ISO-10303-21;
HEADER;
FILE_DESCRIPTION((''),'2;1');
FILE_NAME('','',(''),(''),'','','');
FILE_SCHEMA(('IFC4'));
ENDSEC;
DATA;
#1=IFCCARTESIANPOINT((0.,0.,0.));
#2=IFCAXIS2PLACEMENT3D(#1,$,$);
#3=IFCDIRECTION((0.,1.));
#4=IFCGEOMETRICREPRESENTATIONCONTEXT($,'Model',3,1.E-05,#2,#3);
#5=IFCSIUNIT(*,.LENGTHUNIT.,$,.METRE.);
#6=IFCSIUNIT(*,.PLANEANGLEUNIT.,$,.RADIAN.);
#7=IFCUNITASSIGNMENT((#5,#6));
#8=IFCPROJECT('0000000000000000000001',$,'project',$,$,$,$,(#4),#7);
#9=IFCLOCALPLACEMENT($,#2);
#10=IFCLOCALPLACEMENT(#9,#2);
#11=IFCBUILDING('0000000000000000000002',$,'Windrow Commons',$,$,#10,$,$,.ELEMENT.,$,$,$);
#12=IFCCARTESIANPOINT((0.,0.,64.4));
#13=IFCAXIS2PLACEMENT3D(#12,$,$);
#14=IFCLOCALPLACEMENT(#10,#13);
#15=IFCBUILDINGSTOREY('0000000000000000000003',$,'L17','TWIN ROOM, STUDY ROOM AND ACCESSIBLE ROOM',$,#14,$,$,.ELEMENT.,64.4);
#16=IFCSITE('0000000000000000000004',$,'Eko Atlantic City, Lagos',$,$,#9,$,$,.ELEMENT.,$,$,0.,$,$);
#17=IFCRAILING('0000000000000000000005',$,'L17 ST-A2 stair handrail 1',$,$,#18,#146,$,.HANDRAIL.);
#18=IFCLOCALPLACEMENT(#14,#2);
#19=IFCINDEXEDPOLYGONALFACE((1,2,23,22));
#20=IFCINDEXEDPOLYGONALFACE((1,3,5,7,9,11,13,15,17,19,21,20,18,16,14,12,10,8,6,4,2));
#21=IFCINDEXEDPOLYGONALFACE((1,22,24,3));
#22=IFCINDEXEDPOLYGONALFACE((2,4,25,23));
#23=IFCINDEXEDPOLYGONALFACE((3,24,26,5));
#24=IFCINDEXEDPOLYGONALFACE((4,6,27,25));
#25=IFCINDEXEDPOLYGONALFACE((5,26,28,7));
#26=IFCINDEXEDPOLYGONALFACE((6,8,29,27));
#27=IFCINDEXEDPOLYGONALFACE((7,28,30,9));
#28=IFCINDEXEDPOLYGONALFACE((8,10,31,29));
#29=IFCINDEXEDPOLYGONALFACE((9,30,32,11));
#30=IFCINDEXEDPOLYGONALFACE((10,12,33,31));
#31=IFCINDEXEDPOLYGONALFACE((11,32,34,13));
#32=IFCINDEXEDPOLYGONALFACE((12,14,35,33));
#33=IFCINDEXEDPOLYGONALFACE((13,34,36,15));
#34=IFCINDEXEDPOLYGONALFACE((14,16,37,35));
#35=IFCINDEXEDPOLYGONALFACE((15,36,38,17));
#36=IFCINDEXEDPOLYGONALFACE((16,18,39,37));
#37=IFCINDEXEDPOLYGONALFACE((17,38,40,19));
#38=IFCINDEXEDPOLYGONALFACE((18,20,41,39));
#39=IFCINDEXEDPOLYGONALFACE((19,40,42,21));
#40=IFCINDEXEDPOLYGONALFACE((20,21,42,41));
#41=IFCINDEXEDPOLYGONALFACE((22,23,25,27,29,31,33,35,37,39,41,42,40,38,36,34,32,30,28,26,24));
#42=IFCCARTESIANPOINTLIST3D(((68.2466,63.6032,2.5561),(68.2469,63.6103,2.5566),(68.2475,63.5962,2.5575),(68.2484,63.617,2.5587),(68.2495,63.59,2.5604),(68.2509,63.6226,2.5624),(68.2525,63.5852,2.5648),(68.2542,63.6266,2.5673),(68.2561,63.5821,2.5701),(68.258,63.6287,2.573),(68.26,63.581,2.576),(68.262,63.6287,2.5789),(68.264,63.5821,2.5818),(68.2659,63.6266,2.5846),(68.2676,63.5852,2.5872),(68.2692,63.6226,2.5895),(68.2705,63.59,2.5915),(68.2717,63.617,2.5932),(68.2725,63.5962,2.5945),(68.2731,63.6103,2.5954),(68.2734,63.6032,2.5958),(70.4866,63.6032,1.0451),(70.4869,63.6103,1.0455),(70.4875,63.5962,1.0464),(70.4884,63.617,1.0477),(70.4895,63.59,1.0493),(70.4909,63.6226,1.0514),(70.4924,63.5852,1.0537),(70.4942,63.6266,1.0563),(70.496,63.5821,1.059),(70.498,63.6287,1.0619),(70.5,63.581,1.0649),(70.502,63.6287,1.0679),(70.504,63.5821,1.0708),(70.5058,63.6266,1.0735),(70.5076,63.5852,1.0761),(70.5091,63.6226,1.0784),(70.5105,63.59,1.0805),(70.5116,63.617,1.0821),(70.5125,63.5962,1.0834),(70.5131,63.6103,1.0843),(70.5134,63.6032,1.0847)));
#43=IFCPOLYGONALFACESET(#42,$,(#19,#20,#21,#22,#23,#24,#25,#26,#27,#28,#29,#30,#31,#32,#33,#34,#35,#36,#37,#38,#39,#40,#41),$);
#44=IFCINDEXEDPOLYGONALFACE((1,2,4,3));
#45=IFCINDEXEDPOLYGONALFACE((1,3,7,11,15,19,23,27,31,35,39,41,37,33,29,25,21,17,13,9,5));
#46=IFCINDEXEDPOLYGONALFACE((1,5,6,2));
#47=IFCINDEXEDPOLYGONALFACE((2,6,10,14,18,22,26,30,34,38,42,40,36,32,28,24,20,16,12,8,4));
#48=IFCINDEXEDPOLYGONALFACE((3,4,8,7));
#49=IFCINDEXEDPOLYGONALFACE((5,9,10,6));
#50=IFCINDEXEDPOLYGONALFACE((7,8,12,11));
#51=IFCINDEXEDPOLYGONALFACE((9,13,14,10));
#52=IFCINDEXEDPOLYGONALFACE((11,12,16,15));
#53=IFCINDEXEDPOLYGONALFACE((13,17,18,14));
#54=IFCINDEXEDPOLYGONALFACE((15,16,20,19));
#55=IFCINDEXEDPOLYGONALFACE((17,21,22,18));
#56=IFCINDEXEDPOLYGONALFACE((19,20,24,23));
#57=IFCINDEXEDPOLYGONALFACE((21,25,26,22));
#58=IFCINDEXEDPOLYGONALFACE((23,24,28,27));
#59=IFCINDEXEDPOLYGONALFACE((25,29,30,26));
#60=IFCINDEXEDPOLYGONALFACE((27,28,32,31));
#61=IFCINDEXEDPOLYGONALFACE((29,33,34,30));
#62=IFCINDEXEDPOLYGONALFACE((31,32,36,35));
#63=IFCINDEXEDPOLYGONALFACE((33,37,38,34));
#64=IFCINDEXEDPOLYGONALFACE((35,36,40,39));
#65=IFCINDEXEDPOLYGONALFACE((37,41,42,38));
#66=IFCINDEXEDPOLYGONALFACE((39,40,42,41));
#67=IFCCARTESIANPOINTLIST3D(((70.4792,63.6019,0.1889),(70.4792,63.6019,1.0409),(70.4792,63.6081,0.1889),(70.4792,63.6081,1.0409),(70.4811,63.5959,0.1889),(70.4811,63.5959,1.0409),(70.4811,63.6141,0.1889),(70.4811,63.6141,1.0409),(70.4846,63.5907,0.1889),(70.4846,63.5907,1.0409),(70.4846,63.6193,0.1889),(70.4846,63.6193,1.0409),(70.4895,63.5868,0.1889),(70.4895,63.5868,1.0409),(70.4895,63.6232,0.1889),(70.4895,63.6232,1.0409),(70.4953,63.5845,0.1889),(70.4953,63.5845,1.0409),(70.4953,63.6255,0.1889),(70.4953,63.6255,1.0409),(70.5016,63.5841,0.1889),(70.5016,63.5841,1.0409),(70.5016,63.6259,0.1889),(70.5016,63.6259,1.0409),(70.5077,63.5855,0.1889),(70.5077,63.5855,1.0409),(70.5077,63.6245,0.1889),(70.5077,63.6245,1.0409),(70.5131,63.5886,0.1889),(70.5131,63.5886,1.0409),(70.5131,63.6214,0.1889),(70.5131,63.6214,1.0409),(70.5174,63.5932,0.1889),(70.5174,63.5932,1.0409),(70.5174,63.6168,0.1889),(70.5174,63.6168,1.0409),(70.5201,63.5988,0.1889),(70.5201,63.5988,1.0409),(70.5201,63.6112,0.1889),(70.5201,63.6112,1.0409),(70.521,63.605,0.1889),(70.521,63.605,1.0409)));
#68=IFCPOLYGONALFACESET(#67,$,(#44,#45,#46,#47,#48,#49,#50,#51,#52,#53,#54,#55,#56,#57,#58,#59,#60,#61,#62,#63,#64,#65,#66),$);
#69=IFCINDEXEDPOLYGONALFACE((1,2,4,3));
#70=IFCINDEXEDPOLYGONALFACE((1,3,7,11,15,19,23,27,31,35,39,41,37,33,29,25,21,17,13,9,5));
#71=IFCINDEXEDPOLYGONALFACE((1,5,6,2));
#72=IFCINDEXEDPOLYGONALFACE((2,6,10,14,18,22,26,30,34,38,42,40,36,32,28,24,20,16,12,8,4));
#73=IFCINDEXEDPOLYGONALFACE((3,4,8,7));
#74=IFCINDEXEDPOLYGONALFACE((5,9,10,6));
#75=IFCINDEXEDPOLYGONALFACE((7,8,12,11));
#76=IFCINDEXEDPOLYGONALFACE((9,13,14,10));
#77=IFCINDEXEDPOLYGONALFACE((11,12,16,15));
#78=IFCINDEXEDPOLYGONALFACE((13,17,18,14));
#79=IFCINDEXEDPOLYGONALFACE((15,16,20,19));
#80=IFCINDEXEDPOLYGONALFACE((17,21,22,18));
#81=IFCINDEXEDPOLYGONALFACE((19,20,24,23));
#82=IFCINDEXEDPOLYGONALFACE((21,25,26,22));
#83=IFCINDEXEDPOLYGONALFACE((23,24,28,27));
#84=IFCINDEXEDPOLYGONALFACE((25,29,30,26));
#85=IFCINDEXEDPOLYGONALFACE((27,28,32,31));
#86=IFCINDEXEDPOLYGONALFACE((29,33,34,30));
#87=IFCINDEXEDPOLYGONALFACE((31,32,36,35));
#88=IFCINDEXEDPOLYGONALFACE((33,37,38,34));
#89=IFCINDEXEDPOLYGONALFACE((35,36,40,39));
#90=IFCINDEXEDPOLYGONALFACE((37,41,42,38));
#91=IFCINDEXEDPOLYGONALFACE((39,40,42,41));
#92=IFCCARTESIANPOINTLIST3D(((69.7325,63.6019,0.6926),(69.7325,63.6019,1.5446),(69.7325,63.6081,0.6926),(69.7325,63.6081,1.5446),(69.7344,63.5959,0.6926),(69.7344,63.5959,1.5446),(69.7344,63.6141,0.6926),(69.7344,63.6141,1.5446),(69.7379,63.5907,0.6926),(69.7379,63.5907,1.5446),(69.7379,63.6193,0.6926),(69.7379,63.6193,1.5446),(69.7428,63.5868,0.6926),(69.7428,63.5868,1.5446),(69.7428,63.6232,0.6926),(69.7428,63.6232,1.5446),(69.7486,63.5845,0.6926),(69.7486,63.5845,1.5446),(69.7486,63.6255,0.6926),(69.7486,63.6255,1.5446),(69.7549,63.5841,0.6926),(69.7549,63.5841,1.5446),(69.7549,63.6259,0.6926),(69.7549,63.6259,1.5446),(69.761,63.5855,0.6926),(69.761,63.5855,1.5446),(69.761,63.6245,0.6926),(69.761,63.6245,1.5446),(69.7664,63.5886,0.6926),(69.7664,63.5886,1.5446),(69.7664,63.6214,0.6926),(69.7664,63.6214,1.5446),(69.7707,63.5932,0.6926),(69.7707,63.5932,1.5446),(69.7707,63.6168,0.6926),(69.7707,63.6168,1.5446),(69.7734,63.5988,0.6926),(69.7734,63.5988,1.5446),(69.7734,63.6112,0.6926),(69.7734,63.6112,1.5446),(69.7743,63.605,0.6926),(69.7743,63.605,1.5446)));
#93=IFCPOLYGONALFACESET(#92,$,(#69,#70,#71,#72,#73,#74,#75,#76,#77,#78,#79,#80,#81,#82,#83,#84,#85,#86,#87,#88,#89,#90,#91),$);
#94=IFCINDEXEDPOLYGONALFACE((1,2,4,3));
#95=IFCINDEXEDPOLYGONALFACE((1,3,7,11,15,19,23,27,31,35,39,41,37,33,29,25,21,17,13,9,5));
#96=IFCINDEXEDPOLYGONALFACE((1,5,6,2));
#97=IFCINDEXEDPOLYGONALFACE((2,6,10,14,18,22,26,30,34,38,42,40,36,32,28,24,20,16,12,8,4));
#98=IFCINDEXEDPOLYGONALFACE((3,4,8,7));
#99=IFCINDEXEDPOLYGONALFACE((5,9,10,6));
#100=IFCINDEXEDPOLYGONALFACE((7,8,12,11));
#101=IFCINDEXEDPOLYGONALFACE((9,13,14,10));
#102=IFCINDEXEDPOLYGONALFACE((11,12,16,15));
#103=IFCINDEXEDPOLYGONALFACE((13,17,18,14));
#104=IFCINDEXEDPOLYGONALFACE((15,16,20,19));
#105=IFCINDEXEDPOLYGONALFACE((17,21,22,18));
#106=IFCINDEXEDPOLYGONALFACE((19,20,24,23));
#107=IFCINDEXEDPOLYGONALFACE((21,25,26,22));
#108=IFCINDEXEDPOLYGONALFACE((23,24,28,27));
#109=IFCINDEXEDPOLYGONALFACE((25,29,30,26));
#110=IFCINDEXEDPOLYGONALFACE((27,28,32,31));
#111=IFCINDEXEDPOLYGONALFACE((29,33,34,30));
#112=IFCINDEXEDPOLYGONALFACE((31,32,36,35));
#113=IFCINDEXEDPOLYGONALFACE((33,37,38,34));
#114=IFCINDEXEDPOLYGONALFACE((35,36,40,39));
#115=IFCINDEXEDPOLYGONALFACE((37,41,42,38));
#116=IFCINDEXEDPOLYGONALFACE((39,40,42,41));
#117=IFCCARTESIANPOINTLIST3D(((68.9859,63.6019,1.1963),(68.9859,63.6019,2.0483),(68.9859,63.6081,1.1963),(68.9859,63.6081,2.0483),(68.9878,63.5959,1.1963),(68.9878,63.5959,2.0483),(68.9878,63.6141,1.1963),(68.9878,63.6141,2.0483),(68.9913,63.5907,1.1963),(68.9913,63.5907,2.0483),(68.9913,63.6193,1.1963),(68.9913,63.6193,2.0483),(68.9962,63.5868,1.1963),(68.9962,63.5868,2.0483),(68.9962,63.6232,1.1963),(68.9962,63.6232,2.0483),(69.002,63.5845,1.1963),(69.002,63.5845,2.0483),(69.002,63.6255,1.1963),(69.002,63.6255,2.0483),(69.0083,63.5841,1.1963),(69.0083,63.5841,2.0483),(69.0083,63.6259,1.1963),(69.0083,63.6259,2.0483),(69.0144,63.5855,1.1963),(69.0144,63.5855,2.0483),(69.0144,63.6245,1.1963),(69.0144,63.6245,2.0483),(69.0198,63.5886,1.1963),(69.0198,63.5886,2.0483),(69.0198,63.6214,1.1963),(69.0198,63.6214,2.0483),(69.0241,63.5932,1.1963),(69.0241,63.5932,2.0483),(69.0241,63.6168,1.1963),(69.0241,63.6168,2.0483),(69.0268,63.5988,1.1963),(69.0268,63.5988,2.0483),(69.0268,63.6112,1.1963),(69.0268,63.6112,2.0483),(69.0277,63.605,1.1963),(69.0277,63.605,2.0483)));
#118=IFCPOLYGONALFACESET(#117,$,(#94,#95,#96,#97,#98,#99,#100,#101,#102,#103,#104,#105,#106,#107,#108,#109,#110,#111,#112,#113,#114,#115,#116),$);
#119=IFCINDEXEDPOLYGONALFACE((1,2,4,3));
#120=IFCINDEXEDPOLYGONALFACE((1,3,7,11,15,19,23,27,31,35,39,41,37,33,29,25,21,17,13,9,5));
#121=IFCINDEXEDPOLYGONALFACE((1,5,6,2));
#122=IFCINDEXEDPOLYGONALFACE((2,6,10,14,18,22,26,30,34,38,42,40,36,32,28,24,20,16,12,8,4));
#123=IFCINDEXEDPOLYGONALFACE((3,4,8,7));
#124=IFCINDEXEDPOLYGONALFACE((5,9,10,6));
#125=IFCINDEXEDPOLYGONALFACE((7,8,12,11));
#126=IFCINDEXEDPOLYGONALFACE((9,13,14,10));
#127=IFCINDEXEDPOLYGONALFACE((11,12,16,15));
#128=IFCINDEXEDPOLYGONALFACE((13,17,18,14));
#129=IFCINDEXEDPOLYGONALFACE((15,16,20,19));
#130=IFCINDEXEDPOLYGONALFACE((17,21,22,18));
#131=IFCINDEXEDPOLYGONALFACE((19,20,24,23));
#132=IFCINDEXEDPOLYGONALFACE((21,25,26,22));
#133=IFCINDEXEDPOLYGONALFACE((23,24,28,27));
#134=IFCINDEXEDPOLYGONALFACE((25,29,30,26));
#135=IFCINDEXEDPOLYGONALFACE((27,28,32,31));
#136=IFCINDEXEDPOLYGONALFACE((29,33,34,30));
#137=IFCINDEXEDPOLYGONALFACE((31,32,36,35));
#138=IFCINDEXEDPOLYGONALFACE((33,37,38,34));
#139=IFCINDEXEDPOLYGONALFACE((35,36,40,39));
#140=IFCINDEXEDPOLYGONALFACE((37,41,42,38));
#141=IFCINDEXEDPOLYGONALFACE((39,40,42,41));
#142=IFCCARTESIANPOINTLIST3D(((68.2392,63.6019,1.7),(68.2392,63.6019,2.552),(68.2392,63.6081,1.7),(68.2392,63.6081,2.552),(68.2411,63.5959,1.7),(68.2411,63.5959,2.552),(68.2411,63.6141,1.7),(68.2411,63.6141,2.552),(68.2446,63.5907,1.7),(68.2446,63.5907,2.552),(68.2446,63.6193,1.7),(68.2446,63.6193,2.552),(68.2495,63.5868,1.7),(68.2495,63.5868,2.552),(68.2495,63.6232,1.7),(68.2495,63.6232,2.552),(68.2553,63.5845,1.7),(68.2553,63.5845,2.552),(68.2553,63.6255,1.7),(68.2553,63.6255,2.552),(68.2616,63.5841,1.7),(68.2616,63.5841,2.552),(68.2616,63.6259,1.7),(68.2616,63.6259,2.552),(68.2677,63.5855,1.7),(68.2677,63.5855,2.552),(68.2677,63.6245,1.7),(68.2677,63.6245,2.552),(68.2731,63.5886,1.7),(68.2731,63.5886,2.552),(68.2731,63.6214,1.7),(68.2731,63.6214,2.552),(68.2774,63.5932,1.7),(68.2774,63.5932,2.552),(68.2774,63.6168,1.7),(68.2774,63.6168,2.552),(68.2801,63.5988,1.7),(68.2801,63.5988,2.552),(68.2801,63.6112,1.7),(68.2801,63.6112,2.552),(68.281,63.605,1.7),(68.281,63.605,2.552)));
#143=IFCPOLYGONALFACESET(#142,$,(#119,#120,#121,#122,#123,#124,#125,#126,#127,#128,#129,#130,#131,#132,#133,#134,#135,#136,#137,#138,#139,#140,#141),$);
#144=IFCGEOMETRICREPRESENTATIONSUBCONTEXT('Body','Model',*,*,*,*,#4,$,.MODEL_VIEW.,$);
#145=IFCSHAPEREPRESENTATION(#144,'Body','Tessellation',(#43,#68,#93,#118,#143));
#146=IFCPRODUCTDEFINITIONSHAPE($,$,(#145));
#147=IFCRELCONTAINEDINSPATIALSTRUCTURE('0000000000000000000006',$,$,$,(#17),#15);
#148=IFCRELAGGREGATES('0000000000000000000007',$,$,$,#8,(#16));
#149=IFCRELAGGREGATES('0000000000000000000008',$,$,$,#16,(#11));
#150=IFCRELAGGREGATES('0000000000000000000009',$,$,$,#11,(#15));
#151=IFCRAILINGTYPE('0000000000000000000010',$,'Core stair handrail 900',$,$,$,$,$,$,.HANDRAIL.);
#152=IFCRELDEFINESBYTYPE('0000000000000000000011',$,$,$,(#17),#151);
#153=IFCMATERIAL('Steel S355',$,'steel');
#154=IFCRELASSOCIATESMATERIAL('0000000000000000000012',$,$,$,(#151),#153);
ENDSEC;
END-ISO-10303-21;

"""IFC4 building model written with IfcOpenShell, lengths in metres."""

from ifc_helpers import new_model, si_unit, direction, frame, origin, origin_2d, place, context, subcontext, project, spatial, circle, extrude, material, type_object, element, save


model = new_model("IFC4")

# Units and contexts
model_context = context("Model", 3, precision=1e-05, world=origin(), true_north=direction((0.0, 1.0)))
body_context = subcontext(model_context, "Body", "Model", "MODEL_VIEW")
ifc_project = project(units=[si_unit("LENGTHUNIT", "METRE"), si_unit("PLANEANGLEUNIT", "RADIAN")], contexts=[model_context])

# Site, building, storey
site_placement = place(None, origin())
site = spatial("IfcSite", under=ifc_project, at=site_placement, Name="Eko Atlantic City, Lagos", CompositionType="ELEMENT", RefElevation=0.0)
building_placement = place(site_placement, origin())
building = spatial("IfcBuilding", under=site, at=building_placement, Name="Windrow Commons", CompositionType="ELEMENT")
storey_placement = place(building_placement, frame((0.0, 0.0, 64.4)))
storey = spatial("IfcBuildingStorey", under=building, at=storey_placement, Name="L17", Description="TWIN ROOM, STUDY ROOM AND ACCESSIBLE ROOM", CompositionType="ELEMENT", Elevation=64.4)

# Railing
ifc_material_1 = material(Name="Steel S355", Category="steel")
railing_type_1 = type_object("IfcRailingType", Name="Core stair handrail 900", PredefinedType="HANDRAIL", material=ifc_material_1)
for number, where, name in (
    (1, (70.5, 63.605, 0.1889), "L17 ST-A2 stair handrail 1"),
):
    element("IfcRailing", number, at=place(storey_placement, frame(where)), inside=storey, type_object=railing_type_1, Name=name, PredefinedType="HANDRAIL", context=body_context, shape_type="SweptSolid", body=[
        extrude(circle(Radius=0.024, at=origin_2d()), frame((0.0, 0.0, 0.876), z_axis=(-0.829003, 0.0, 0.559244), x_axis=(0.0, -1.0, 0.0)), (0.0, 0.0, 1.0), 2.702),
        extrude(circle(Radius=0.021, at=origin_2d()), origin(), (0.0, 0.0, 1.0), 0.852),
        extrude(circle(Radius=0.021, at=origin_2d()), frame((-0.7467, 0.0, 0.5037)), (0.0, 0.0, 1.0), 0.852),
        extrude(circle(Radius=0.021, at=origin_2d()), frame((-1.4933, 0.0, 1.0074)), (0.0, 0.0, 1.0), 0.852),
        extrude(circle(Radius=0.021, at=origin_2d()), frame((-2.24, 0.0, 1.5111)), (0.0, 0.0, 1.0), 0.852),
    ])

save(model, "model.ifc")
